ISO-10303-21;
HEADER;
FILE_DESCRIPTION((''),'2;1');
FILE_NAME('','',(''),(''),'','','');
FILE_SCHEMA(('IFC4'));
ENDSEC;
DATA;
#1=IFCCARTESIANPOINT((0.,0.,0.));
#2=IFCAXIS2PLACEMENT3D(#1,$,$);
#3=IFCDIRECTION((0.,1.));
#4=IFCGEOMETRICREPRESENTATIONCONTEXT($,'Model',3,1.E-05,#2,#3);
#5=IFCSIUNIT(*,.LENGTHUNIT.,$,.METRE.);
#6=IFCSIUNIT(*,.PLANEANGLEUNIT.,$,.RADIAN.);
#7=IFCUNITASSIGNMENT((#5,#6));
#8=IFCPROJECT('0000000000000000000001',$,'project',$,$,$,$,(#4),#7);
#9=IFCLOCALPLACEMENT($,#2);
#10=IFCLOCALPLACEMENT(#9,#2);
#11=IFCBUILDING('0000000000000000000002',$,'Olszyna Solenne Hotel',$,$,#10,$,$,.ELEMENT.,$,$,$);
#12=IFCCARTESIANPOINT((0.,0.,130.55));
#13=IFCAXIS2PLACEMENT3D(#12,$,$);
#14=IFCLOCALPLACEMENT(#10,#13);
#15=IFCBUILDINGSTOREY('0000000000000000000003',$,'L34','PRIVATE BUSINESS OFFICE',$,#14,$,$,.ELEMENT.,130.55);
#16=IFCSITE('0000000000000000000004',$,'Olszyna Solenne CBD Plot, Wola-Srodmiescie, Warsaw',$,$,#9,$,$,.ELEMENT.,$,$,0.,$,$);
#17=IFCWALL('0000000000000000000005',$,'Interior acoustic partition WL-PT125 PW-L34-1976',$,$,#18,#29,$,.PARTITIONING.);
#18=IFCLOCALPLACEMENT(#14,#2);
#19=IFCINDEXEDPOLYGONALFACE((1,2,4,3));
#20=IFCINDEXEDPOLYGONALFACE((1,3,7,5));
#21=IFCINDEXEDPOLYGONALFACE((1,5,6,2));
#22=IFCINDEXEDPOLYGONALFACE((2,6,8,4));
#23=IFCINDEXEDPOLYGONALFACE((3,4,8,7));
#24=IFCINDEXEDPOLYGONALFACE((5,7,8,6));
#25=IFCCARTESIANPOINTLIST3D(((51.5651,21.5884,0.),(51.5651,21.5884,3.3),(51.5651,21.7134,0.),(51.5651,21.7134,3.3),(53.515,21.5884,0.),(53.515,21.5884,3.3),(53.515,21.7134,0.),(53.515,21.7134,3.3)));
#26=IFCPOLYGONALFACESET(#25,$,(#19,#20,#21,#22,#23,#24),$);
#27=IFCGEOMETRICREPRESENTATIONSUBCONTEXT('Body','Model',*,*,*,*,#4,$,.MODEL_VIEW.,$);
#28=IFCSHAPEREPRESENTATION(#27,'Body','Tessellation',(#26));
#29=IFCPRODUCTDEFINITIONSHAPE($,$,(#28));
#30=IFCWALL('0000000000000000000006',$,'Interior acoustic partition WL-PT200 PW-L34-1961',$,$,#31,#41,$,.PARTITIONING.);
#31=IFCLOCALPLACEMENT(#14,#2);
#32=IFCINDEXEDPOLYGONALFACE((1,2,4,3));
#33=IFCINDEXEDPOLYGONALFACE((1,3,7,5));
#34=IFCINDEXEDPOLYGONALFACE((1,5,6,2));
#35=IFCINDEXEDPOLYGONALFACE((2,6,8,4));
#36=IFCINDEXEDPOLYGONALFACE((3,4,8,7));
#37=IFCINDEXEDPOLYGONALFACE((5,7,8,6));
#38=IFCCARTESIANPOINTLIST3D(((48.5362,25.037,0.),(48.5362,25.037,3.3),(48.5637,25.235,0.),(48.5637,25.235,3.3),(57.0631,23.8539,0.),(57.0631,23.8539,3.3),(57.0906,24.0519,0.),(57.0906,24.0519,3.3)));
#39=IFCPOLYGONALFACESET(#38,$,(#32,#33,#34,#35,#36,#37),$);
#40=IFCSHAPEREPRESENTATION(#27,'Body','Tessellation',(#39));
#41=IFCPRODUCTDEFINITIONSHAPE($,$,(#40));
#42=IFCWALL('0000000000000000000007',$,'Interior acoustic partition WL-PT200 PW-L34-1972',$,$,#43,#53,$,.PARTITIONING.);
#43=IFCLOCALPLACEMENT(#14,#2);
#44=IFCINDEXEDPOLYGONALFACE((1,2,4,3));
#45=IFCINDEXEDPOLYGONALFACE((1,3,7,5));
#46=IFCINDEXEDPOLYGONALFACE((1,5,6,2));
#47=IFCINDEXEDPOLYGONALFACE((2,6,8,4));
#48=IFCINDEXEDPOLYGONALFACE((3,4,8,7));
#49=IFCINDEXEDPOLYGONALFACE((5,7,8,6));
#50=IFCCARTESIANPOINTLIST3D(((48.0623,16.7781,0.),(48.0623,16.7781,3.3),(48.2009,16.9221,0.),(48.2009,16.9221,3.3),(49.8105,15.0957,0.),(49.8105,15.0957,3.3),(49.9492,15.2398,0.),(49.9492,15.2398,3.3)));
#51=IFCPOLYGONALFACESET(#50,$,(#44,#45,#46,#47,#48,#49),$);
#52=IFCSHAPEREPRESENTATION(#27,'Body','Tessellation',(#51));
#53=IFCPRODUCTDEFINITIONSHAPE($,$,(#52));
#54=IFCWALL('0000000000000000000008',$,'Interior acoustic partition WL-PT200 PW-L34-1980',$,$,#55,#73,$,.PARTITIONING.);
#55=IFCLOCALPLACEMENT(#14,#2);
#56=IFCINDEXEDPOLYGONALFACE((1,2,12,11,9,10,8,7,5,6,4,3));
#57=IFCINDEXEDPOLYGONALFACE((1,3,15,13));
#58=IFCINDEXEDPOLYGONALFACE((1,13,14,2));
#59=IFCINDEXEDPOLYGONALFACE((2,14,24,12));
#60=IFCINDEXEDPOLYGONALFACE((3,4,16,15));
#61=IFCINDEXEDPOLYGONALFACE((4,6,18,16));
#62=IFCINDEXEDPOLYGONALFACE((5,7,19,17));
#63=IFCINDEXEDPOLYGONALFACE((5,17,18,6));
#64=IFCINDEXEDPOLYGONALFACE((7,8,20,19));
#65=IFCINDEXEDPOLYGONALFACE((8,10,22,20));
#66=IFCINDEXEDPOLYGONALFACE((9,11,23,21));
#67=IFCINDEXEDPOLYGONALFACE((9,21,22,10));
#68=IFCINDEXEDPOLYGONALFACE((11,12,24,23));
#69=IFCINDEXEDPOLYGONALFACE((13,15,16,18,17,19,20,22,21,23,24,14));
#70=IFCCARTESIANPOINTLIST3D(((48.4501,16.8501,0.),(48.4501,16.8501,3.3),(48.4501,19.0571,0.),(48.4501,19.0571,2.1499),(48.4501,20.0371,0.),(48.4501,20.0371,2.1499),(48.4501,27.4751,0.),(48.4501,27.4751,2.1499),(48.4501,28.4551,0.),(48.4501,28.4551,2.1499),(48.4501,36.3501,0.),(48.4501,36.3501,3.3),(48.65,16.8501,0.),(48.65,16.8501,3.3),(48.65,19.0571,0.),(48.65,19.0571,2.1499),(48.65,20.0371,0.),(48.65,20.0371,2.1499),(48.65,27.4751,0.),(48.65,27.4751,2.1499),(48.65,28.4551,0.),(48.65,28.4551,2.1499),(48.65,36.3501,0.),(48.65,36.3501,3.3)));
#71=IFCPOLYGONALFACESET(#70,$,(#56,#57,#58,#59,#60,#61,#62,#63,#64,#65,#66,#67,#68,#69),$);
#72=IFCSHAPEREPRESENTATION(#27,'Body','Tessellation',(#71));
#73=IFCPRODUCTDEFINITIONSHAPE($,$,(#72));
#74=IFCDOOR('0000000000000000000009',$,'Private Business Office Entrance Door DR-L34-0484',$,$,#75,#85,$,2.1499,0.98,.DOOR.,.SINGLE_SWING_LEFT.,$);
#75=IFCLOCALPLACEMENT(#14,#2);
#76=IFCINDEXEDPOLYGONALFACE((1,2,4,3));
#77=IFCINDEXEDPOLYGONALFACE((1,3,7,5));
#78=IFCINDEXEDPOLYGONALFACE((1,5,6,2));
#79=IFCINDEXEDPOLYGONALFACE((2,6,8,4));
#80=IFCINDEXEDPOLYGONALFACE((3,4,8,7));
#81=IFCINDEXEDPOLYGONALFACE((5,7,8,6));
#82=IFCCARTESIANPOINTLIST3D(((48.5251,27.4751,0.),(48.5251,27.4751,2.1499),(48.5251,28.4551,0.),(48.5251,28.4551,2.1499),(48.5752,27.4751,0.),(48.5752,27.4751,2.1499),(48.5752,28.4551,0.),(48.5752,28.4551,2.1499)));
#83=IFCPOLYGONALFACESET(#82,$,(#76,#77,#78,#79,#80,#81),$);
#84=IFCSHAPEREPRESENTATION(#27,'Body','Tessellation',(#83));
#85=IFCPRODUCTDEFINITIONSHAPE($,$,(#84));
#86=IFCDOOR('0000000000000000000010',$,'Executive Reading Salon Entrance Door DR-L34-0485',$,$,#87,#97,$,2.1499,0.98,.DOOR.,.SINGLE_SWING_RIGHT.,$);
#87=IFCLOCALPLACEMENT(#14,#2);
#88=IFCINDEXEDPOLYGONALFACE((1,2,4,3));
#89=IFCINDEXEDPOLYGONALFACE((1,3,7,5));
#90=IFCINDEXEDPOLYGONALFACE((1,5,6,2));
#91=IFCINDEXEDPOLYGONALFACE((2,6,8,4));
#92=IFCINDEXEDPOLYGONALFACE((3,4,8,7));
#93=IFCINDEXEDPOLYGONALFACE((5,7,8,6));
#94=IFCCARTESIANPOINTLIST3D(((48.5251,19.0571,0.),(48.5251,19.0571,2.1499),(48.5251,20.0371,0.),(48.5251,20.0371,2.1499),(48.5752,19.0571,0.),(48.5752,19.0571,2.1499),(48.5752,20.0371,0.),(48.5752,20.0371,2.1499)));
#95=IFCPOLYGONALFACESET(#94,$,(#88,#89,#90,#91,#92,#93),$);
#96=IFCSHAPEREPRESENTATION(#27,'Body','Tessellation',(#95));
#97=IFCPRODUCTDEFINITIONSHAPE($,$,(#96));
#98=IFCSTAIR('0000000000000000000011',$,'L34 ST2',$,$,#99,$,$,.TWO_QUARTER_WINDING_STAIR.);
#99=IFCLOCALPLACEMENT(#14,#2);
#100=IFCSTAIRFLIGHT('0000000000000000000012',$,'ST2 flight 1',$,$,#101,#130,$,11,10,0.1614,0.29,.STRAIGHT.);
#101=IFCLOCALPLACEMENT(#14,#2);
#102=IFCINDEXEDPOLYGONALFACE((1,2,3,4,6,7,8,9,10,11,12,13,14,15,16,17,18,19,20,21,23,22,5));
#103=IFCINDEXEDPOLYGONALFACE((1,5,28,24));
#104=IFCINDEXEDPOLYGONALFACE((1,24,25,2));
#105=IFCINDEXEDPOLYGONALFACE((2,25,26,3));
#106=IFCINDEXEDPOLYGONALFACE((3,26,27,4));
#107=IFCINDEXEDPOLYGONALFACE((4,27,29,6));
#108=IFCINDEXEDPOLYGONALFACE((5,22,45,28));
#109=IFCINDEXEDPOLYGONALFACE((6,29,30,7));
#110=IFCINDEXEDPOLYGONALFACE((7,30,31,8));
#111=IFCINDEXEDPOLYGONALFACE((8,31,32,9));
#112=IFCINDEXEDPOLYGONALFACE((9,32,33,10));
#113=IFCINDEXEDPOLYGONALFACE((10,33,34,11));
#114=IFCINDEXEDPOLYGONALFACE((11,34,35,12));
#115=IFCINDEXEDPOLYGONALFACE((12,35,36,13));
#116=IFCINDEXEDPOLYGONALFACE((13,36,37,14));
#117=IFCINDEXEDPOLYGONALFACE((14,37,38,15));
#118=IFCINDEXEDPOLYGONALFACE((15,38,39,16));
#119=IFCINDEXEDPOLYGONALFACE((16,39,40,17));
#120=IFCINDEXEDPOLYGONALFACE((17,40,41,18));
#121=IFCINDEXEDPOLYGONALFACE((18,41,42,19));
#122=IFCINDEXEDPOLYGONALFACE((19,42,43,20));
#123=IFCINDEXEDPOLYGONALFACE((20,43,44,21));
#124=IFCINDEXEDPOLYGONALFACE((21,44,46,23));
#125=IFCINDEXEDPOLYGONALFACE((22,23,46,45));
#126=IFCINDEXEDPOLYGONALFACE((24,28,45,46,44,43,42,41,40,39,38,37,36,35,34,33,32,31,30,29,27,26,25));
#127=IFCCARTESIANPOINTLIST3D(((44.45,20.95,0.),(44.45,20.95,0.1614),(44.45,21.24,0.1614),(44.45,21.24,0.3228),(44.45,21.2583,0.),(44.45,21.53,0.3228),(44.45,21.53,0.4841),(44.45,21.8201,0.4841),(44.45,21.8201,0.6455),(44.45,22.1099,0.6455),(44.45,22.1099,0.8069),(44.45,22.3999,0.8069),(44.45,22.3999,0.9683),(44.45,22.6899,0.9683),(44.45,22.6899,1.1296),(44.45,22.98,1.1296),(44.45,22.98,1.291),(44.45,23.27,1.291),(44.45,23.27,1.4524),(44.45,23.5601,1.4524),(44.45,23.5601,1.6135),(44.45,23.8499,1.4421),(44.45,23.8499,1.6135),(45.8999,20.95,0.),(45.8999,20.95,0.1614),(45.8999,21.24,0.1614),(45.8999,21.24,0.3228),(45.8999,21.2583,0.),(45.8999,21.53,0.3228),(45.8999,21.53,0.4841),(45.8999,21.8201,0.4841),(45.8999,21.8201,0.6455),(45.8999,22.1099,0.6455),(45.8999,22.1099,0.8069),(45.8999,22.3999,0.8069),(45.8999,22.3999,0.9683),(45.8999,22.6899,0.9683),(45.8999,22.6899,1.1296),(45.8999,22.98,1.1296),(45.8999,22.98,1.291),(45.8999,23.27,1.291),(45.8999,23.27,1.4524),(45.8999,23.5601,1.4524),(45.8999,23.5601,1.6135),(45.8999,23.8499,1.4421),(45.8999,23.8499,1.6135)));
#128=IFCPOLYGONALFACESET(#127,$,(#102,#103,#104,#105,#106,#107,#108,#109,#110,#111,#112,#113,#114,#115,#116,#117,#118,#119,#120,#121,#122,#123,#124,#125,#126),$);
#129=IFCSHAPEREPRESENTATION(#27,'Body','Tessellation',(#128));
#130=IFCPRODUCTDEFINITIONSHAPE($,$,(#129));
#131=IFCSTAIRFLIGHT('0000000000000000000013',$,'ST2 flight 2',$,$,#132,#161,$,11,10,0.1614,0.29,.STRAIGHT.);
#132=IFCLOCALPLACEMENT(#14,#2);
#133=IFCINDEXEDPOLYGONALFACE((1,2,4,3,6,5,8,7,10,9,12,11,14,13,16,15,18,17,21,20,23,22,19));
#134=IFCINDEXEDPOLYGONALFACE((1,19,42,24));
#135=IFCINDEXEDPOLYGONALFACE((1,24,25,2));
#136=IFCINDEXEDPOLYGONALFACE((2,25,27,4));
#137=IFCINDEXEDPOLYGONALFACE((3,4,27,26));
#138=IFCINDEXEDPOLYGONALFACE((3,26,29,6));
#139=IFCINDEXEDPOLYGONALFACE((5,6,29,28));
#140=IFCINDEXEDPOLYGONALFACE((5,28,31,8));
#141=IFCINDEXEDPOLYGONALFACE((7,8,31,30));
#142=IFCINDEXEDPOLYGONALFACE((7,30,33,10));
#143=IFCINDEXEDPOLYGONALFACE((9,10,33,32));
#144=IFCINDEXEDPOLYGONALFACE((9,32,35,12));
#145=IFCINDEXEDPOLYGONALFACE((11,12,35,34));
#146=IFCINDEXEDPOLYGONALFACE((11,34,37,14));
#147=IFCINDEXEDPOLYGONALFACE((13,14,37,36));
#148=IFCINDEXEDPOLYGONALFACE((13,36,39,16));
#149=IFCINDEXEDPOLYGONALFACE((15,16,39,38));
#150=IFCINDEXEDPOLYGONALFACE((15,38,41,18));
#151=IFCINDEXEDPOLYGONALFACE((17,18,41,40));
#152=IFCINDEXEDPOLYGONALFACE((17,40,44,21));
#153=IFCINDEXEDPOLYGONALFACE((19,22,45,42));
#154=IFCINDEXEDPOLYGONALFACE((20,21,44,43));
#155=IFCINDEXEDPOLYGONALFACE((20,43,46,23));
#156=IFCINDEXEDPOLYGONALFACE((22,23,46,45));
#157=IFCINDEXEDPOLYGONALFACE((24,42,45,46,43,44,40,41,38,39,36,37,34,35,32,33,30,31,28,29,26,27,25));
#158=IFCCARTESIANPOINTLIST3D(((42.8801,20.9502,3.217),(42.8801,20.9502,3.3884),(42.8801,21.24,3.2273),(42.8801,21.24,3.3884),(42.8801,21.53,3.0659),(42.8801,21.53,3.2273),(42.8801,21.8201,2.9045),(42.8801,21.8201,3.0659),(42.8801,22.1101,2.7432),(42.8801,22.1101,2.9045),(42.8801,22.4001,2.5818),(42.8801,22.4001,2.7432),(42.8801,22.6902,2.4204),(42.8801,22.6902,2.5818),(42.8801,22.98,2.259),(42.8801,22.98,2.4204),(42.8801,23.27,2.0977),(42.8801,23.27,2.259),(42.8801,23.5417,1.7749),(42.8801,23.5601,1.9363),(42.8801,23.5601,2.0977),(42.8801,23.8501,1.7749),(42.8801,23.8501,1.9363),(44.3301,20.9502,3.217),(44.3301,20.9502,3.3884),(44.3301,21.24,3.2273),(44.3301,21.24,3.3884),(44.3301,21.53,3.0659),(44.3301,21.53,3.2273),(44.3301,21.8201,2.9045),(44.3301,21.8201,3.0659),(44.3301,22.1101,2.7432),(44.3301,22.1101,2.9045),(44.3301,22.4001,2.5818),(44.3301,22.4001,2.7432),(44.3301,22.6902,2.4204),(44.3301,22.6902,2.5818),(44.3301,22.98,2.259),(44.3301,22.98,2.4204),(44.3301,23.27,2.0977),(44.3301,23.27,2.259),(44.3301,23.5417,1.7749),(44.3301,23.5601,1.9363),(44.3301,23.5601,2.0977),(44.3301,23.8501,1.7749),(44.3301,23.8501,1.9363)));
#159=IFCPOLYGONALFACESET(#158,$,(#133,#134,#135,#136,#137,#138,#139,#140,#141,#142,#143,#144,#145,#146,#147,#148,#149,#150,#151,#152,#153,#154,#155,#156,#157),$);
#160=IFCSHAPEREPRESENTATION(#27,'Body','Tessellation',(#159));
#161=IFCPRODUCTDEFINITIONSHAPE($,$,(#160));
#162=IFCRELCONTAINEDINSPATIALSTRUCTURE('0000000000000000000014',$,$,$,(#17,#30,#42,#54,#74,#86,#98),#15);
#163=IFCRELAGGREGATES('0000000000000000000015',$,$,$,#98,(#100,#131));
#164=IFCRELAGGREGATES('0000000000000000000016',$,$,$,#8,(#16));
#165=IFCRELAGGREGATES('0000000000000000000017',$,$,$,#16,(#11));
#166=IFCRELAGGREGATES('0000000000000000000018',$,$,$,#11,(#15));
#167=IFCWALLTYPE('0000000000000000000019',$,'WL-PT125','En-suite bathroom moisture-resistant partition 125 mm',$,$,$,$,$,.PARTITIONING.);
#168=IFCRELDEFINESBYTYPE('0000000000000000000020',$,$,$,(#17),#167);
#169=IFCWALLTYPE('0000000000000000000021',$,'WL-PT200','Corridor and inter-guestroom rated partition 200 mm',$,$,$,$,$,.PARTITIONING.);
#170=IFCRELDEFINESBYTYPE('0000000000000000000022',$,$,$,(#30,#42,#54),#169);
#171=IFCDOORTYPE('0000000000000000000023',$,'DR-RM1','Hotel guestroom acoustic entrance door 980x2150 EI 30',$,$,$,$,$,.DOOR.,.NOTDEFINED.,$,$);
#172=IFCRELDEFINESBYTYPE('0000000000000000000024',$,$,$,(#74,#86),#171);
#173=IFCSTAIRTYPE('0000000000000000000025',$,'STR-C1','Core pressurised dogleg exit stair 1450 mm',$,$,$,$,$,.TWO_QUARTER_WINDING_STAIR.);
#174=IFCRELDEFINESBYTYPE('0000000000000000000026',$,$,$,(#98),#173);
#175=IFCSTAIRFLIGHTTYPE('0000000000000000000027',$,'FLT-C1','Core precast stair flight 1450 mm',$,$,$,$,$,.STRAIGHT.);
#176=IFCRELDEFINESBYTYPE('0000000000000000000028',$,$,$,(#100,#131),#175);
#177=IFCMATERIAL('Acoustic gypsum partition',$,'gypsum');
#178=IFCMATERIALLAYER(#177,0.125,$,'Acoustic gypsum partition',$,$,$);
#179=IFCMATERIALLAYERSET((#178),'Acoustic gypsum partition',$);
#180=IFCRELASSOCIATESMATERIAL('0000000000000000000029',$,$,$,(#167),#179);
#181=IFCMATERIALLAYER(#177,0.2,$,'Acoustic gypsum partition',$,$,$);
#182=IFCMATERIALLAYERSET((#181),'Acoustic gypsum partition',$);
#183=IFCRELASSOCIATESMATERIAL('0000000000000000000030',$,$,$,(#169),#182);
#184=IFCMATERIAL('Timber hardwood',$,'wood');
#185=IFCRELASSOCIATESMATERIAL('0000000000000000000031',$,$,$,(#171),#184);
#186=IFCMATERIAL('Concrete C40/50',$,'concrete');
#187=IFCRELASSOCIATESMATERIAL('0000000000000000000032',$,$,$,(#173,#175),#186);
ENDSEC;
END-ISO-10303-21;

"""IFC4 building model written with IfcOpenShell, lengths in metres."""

from ifc_helpers import new_model, si_unit, direction, frame, frame_2d, origin, place, context, subcontext, project, spatial, polyline, rectangle, outline, extrude, source, transform, mapped, material, layer, layer_set, type_object, type_shapes, element, fill, aggregate, save


model = new_model("IFC4")

# Units and contexts
model_context = context("Model", 3, precision=1e-05, world=origin(), true_north=direction((0.0, 1.0)))
body_context = subcontext(model_context, "Body", "Model", "MODEL_VIEW")
ifc_project = project(units=[si_unit("LENGTHUNIT", "METRE"), si_unit("PLANEANGLEUNIT", "RADIAN")], contexts=[model_context])

# Site, building, storey
site_placement = place(None, origin())
site = spatial("IfcSite", under=ifc_project, at=site_placement, Name="Olszyna Solenne CBD Plot, Wola-Srodmiescie, Warsaw", CompositionType="ELEMENT", RefElevation=0.0)
building_placement = place(site_placement, origin())
building = spatial("IfcBuilding", under=site, at=building_placement, Name="Olszyna Solenne Hotel", CompositionType="ELEMENT")
storey_placement = place(building_placement, frame((0.0, 0.0, 130.55)))
storey = spatial("IfcBuildingStorey", under=building, at=storey_placement, Name="L34", Description="PRIVATE BUSINESS OFFICE", CompositionType="ELEMENT", Elevation=130.55)

# Shared definitions
ifc_material_1 = material(Name="Acoustic gypsum partition", Category="gypsum")
ifc_layer_1 = layer(ifc_material_1, 0.125, Name="Acoustic gypsum partition")
ifc_layer_set_1 = layer_set([ifc_layer_1], Name="Acoustic gypsum partition")
wall_type_1 = type_object("IfcWallType", Name="WL-PT125", Description="En-suite bathroom moisture-resistant partition 125 mm", PredefinedType="PARTITIONING", material=ifc_layer_set_1)
ifc_material_2 = material(Name="Timber hardwood", Category="wood")

# Walls
wall_1_placement = place(storey_placement, frame((51.5649, 21.6509, 0.0), z_axis=(0.0, 0.0, 1.0), x_axis=(1.0, 0.0, 0.0)))
element("IfcWall", 1, at=wall_1_placement, inside=storey, type_object=wall_type_1, Name="Interior acoustic partition WL-PT125 PW-L34-1976", PredefinedType="PARTITIONING", context=body_context, shape_type="SweptSolid", body=[
    extrude(rectangle(XDim=1.95, YDim=0.125, at=frame_2d((0.9751, 0.0))), origin(), (0.0, 0.0, 1.0), 3.3),
])
ifc_layer_2 = layer(ifc_material_1, 0.2, Name="Acoustic gypsum partition")
ifc_layer_set_2 = layer_set([ifc_layer_2], Name="Acoustic gypsum partition")
wall_type_2 = type_object("IfcWallType", Name="WL-PT200", Description="Corridor and inter-guestroom rated partition 200 mm", PredefinedType="PARTITIONING", material=ifc_layer_set_2)
wall_2_placement = place(storey_placement, frame((48.55, 25.136, 0.0), z_axis=(0.0, 0.0, 1.0), x_axis=(0.990511, -0.137434, 0.0)))
element("IfcWall", 2, at=wall_2_placement, inside=storey, type_object=wall_type_2, Name="Interior acoustic partition WL-PT200 PW-L34-1961", PredefinedType="PARTITIONING", context=body_context, shape_type="SweptSolid", body=[
    extrude(rectangle(XDim=8.6086, YDim=0.2, at=frame_2d((4.3042, 0.0))), origin(), (0.0, 0.0, 1.0), 3.3),
])
wall_3_placement = place(storey_placement, frame((48.1316, 16.8501, 0.0), z_axis=(0.0, 0.0, 1.0), x_axis=(0.72056, -0.693392, 0.0)))
element("IfcWall", 3, at=wall_3_placement, inside=storey, type_object=wall_type_2, Name="Interior acoustic partition WL-PT200 PW-L34-1972", PredefinedType="PARTITIONING", context=body_context, shape_type="SweptSolid", body=[
    extrude(rectangle(XDim=2.4263, YDim=0.2, at=frame_2d((1.2131, 0.0))), origin(), (0.0, 0.0, 1.0), 3.3),
])

# Wall, openings, doors
wall_4_placement = place(storey_placement, frame((48.55, 16.8501, 0.0), z_axis=(0.0, 0.0, 1.0), x_axis=(0.0, 1.0, 0.0)))
wall_4 = element("IfcWall", 4, at=wall_4_placement, inside=storey, type_object=wall_type_2, Name="Interior acoustic partition WL-PT200 PW-L34-1980", PredefinedType="PARTITIONING", context=body_context, shape_type="SweptSolid", body=[
    extrude(rectangle(XDim=19.5, YDim=0.2, at=frame_2d((9.75, 0.0))), origin(), (0.0, 0.0, 1.0), 3.3),
])
opening_1_placement = place(wall_4_placement, frame((10.625, 0.0, 0.0)))
opening_1 = element("IfcOpeningElement", 5, at=opening_1_placement, cuts=wall_4, PredefinedType="OPENING", context=body_context, shape_type="SweptSolid", body=[
    extrude(rectangle(XDim=0.98, YDim=2.1499, at=frame_2d((0.49, 1.075))), frame((0.0, 0.1099, 0.0), z_axis=(0.0, -1.0, 0.0), x_axis=(1.0, 0.0, 0.0)), (0.0, 0.0, 1.0), 0.22),
])
opening_2_placement = place(wall_4_placement, frame((2.207, 0.0, 0.0)))
opening_2 = element("IfcOpeningElement", 6, at=opening_2_placement, cuts=wall_4, PredefinedType="OPENING", context=body_context, shape_type="SweptSolid", body=[
    extrude(rectangle(XDim=0.98, YDim=2.1499, at=frame_2d((0.49, 1.075))), frame((0.0, 0.1099, 0.0), z_axis=(0.0, -1.0, 0.0), x_axis=(1.0, 0.0, 0.0)), (0.0, 0.0, 1.0), 0.22),
])
door_type_1 = type_object("IfcDoorType", Name="DR-RM1", Description="Hotel guestroom acoustic entrance door 980x2150 EI 30", OperationType="NOTDEFINED", PredefinedType="DOOR", material=ifc_material_2)
shared_shape_1 = source(origin(), body_context, "Body", "SweptSolid", [
    extrude(rectangle(XDim=0.98, YDim=2.1499, at=frame_2d((0.49, 1.075))), frame((0.0, 0.0249, 0.0), z_axis=(0.0, -1.0, 0.0), x_axis=(1.0, 0.0, 0.0)), (0.0, 0.0, 1.0), 0.05),
])
type_shapes(door_type_1, [shared_shape_1])
door_1_placement = place(opening_1_placement, origin())
door_1 = element("IfcDoor", 7, at=door_1_placement, inside=storey, type_object=door_type_1, Name="Private Business Office Entrance Door DR-L34-0484", OperationType="SINGLE_SWING_LEFT", OverallHeight=2.1499, OverallWidth=0.98, PredefinedType="DOOR", context=body_context, shape_type="MappedRepresentation", body=[
    mapped(shared_shape_1, transform((0.0, 0.0, 0.0), x_axis=(1.0, 0.0, 0.0), y_axis=(0.0, 1.0, 0.0), z_axis=(0.0, 0.0, 1.0), scale=1.0)),
])
fill(opening_1, door_1)
door_2_placement = place(opening_2_placement, origin())
door_2 = element("IfcDoor", 8, at=door_2_placement, inside=storey, type_object=door_type_1, Name="Executive Reading Salon Entrance Door DR-L34-0485", OperationType="SINGLE_SWING_RIGHT", OverallHeight=2.1499, OverallWidth=0.98, PredefinedType="DOOR", context=body_context, shape_type="MappedRepresentation", body=[
    mapped(shared_shape_1, transform((0.0, 0.0, 0.0), x_axis=(1.0, 0.0, 0.0), y_axis=(0.0, 1.0, 0.0), z_axis=(0.0, 0.0, 1.0), scale=1.0)),
])
fill(opening_2, door_2)

# Stair, stair flights
ifc_material_3 = material(Name="Concrete C40/50", Category="concrete")
stair_type = type_object("IfcStairType", Name="STR-C1", Description="Core pressurised dogleg exit stair 1450 mm", PredefinedType="TWO_QUARTER_WINDING_STAIR", material=ifc_material_3)
stair_placement = place(storey_placement, origin())
stair = element("IfcStair", 9, at=stair_placement, inside=storey, type_object=stair_type, Name="L34 ST2", PredefinedType="TWO_QUARTER_WINDING_STAIR")
stair_flight_type = type_object("IfcStairFlightType", Name="FLT-C1", Description="Core precast stair flight 1450 mm", PredefinedType="STRAIGHT", material=ifc_material_3)
stair_flight_1_placement = place(storey_placement, frame((45.175, 20.95, 0.0), z_axis=(0.0, 0.0, 1.0), x_axis=(0.0, 1.0, 0.0)))
stair_flight_1 = element("IfcStairFlight", 10, at=stair_flight_1_placement, type_object=stair_flight_type, Name="ST2 flight 1", NumberOfRisers=11, NumberOfTreads=10, PredefinedType="STRAIGHT", RiserHeight=0.1614, TreadLength=0.29, context=body_context, shape_type="SweptSolid", body=[
    extrude(outline(polyline([(0.0, 0.0), (0.0, 0.1614), (0.29, 0.1614), (0.29, 0.3228), (0.5801, 0.3228), (0.5801, 0.4841), (0.8701, 0.4841), (0.8701, 0.6455), (1.1599, 0.6455), (1.1599, 0.8069), (1.45, 0.8069), (1.45, 0.9683), (1.74, 0.9683), (1.74, 1.1296), (2.03, 1.1296), (2.03, 1.291), (2.3201, 1.291), (2.3201, 1.4524), (2.6101, 1.4524), (2.6101, 1.6135), (2.8999, 1.6135), (2.8999, 1.7749), (2.8999, 1.4421), (0.3083, 0.0), (0.0, 0.0)])), frame((0.0, 0.7251, 0.0), z_axis=(0.0, -1.0, 0.0), x_axis=(1.0, 0.0, 0.0)), (0.0, 0.0, 1.0), 1.45),
])
stair_flight_2_placement = place(storey_placement, frame((43.605, 23.8501, 1.7749), z_axis=(0.0, 0.0, 1.0), x_axis=(0.0, -1.0, 0.0)))
stair_flight_2 = element("IfcStairFlight", 11, at=stair_flight_2_placement, type_object=stair_flight_type, Name="ST2 flight 2", NumberOfRisers=11, NumberOfTreads=10, PredefinedType="STRAIGHT", RiserHeight=0.1614, TreadLength=0.29, context=body_context, shape_type="SweptSolid", body=[
    extrude(outline(polyline([(0.0, 0.0), (0.0, 0.1614), (0.29, 0.1614), (0.29, 0.3228), (0.5801, 0.3228), (0.5801, 0.4841), (0.8701, 0.4841), (0.8701, 0.6455), (1.1599, 0.6455), (1.1599, 0.8069), (1.45, 0.8069), (1.45, 0.9683), (1.74, 0.9683), (1.74, 1.1296), (2.03, 1.1296), (2.03, 1.291), (2.3201, 1.291), (2.3201, 1.4524), (2.6101, 1.4524), (2.6101, 1.6135), (2.8999, 1.6135), (2.8999, 1.7749), (2.8999, 1.4421), (0.3083, 0.0), (0.0, 0.0)])), frame((0.0, 0.7251, 0.0), z_axis=(0.0, -1.0, 0.0), x_axis=(1.0, 0.0, 0.0)), (0.0, 0.0, 1.0), 1.45),
])
aggregate(stair, [stair_flight_1, stair_flight_2])

save(model, "model.ifc")
